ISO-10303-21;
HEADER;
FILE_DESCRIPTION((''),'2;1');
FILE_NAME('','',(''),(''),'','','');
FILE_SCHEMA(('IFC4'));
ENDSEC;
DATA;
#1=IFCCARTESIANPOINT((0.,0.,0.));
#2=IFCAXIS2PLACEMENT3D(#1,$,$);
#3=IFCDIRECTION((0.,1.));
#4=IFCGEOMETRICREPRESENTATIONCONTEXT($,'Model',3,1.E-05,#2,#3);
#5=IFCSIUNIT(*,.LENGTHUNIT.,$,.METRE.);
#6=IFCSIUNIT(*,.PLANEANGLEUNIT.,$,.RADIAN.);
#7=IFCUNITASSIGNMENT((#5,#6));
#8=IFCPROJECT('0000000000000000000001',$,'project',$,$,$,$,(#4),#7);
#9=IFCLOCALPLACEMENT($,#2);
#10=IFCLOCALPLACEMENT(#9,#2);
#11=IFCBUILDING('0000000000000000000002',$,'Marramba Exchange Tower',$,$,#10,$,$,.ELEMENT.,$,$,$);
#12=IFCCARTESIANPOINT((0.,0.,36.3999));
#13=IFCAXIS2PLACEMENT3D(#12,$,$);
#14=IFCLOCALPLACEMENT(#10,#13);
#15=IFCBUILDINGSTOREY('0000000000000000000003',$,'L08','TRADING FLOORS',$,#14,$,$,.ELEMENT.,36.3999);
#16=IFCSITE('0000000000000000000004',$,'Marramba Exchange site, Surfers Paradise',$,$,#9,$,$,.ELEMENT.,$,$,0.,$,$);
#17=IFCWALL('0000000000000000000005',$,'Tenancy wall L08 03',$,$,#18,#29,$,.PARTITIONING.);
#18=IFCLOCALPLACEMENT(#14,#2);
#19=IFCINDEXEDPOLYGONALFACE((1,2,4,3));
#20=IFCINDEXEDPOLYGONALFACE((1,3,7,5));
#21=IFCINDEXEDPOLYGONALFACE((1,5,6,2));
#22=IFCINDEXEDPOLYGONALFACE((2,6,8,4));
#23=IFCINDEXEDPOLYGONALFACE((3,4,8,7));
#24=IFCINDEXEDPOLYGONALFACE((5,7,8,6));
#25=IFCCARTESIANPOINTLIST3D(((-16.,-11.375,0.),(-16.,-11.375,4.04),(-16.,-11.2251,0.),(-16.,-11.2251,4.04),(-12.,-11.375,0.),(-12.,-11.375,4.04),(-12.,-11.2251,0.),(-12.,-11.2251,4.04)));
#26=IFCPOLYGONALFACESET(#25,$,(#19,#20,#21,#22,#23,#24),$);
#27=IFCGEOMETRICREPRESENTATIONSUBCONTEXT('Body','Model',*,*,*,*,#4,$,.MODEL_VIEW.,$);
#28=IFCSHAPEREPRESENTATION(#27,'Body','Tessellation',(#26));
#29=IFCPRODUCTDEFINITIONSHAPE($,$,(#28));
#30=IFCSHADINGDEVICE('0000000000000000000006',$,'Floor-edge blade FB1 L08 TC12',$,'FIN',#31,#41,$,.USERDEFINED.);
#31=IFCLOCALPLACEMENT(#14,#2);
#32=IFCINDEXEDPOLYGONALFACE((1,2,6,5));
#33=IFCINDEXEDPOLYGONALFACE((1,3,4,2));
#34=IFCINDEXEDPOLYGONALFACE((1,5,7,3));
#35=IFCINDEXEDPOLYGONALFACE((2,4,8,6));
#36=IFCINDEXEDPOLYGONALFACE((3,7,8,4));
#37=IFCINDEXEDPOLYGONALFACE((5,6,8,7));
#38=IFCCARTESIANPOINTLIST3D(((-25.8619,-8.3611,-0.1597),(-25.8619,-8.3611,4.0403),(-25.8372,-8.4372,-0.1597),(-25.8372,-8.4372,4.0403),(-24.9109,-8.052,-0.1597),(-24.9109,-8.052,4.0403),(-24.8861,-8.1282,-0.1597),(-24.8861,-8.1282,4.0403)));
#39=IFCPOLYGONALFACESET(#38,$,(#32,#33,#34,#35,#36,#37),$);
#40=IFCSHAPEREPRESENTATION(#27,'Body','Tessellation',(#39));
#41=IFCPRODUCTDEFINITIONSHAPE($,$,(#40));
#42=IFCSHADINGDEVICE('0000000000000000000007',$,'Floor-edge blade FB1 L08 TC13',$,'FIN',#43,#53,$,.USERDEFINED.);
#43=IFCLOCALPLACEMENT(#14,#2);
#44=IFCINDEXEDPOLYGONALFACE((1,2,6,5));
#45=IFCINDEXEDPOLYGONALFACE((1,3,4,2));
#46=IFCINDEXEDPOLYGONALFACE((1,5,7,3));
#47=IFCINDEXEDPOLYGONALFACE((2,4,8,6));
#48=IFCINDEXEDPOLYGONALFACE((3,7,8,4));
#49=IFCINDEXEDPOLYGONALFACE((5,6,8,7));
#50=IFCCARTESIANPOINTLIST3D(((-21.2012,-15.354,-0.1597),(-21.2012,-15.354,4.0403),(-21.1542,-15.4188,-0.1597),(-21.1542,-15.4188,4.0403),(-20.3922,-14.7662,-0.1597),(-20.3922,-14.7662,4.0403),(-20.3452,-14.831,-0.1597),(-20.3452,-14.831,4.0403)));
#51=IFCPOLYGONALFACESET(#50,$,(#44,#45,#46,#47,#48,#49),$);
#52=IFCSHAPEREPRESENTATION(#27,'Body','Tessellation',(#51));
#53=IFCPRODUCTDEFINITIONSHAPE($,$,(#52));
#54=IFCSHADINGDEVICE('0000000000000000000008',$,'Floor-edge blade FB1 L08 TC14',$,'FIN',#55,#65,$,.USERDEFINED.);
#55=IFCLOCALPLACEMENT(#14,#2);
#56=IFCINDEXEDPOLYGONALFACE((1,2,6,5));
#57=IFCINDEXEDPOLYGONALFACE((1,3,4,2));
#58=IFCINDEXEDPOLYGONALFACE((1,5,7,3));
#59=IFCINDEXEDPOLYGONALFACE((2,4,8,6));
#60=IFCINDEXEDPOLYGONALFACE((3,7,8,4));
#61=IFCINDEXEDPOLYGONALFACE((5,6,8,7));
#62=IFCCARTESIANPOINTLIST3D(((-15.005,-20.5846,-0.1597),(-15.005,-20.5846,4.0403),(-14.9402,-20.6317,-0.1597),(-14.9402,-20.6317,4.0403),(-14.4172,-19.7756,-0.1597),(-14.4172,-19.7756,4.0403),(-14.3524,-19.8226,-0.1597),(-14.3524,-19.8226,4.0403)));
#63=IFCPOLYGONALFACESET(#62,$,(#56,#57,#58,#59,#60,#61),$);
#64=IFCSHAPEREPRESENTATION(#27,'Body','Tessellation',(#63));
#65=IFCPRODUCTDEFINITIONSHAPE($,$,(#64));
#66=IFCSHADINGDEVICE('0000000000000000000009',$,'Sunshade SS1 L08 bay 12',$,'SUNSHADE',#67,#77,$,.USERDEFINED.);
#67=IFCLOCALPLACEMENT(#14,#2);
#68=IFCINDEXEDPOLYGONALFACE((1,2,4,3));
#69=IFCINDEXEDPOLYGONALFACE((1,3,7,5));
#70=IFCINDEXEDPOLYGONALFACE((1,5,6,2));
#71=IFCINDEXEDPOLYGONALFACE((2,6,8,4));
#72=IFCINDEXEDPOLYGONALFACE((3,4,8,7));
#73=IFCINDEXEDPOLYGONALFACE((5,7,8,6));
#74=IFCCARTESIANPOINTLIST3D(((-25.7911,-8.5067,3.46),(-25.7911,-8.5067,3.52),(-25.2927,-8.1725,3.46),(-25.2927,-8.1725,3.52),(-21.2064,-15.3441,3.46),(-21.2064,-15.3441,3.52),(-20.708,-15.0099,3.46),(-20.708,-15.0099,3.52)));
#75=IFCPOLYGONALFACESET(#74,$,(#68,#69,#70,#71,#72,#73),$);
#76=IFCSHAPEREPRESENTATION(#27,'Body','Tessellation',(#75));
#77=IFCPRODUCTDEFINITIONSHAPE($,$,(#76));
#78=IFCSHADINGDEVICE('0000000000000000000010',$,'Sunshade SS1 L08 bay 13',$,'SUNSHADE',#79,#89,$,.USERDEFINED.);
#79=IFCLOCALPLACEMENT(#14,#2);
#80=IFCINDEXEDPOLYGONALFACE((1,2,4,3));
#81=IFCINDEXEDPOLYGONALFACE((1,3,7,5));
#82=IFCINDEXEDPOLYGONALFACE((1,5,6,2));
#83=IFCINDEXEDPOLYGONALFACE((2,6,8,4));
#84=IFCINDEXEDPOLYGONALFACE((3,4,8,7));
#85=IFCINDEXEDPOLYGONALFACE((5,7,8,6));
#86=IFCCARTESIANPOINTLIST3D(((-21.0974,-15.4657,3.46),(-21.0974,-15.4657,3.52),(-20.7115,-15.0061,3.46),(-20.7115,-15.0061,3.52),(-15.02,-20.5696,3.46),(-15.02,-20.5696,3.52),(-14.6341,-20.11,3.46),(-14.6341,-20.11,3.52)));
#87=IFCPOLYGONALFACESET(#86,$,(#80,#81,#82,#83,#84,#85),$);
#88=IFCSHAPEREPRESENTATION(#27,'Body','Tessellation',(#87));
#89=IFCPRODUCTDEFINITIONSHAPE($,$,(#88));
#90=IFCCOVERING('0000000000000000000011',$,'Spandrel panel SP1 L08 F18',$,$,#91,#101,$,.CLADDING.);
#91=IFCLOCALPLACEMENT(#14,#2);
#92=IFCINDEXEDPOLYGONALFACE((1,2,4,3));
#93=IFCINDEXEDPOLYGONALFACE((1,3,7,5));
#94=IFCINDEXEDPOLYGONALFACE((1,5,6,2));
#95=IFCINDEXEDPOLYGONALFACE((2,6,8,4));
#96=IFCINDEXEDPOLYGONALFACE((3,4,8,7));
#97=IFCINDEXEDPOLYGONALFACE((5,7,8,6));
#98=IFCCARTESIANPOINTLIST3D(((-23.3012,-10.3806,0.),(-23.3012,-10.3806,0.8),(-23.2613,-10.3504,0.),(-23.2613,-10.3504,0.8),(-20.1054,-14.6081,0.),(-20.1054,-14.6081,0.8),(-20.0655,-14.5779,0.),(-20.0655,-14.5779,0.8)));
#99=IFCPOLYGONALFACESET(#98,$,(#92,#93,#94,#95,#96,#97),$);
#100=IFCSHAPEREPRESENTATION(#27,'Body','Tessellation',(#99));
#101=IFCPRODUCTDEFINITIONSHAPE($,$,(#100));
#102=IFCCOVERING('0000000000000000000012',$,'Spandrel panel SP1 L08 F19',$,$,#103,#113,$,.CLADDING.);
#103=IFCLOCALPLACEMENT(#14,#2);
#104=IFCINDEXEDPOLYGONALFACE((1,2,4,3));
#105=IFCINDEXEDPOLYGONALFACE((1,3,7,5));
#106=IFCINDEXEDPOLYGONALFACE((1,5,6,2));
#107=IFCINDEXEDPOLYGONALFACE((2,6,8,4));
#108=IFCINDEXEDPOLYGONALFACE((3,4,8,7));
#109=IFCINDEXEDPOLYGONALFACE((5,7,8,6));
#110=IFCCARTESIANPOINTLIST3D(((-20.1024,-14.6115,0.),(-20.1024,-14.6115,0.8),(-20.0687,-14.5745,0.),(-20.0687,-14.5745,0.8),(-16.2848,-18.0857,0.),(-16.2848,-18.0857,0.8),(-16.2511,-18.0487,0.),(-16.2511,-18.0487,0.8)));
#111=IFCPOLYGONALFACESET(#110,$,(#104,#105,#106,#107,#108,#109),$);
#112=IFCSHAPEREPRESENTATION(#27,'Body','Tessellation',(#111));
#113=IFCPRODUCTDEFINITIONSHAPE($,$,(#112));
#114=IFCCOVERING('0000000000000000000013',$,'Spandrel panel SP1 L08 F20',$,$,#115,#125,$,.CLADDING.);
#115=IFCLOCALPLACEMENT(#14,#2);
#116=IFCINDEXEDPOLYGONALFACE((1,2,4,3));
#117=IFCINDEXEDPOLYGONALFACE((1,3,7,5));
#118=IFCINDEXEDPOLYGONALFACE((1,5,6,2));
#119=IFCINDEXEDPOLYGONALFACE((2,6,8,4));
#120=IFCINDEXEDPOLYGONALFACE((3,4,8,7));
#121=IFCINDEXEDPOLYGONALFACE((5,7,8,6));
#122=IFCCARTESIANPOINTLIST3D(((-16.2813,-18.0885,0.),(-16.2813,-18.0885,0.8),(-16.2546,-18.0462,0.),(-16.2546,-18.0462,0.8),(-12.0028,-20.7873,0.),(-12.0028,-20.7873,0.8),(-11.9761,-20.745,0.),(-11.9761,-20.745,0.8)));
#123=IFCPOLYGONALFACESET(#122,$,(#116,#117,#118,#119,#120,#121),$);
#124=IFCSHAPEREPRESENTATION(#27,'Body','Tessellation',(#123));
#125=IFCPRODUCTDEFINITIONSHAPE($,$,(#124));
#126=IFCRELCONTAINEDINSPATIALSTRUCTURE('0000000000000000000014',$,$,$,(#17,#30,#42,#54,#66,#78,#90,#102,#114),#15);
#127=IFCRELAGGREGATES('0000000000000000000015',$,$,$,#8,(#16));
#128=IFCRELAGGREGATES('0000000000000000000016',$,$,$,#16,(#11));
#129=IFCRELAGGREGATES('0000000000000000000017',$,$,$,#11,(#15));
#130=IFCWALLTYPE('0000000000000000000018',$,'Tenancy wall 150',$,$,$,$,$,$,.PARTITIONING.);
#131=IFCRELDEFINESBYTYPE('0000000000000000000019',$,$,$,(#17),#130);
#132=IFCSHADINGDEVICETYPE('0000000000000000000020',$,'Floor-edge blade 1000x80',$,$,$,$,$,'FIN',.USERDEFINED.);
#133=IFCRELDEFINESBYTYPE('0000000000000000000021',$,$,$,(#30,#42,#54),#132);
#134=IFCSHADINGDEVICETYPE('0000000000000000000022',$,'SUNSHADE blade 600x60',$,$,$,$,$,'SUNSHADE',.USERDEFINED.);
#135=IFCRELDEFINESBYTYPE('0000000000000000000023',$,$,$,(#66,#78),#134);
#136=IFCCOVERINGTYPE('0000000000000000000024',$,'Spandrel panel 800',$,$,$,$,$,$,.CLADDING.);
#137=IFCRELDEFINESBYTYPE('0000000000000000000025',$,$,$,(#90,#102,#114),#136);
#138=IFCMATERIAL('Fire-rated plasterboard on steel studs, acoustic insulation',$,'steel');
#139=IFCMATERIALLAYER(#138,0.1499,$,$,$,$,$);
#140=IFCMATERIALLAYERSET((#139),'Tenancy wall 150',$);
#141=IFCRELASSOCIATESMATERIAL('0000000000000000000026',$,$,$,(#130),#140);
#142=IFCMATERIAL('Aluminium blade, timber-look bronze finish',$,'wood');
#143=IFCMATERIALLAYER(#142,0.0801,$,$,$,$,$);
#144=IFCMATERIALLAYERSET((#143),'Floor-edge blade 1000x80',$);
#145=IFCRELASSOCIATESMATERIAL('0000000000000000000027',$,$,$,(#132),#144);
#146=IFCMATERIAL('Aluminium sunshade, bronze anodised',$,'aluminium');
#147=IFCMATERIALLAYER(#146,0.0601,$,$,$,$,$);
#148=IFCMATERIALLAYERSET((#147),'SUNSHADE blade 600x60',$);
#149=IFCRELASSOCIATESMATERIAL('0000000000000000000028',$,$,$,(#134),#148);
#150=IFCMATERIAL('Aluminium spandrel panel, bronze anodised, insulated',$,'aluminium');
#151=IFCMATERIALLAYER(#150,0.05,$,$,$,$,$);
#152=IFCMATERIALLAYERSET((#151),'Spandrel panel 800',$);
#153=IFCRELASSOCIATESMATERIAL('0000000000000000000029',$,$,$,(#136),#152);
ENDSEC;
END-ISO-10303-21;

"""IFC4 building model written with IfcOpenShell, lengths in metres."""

from ifc_helpers import new_model, si_unit, direction, frame, frame_2d, origin, origin_2d, place, context, subcontext, project, spatial, rectangle, extrude, material, layer, layer_set, type_object, element, save


model = new_model("IFC4")

# Units and contexts
model_context = context("Model", 3, precision=1e-05, world=origin(), true_north=direction((0.0, 1.0)))
body_context = subcontext(model_context, "Body", "Model", "MODEL_VIEW")
ifc_project = project(units=[si_unit("LENGTHUNIT", "METRE"), si_unit("PLANEANGLEUNIT", "RADIAN")], contexts=[model_context])

# Site, building, storey
site_placement = place(None, origin())
site = spatial("IfcSite", under=ifc_project, at=site_placement, Name="Marramba Exchange site, Surfers Paradise", CompositionType="ELEMENT", RefElevation=0.0)
building_placement = place(site_placement, origin())
building = spatial("IfcBuilding", under=site, at=building_placement, Name="Marramba Exchange Tower", CompositionType="ELEMENT")
storey_placement = place(building_placement, frame((0.0, 0.0, 36.3999)))
storey = spatial("IfcBuildingStorey", under=building, at=storey_placement, Name="L08", Description="TRADING FLOORS", CompositionType="ELEMENT", Elevation=36.3999)

# Wall
ifc_material_1 = material(Name="Fire-rated plasterboard on steel studs, acoustic insulation", Category="steel")
ifc_layer_1 = layer(ifc_material_1, 0.1499)
ifc_layer_set_1 = layer_set([ifc_layer_1], Name="Tenancy wall 150")
wall_type_1 = type_object("IfcWallType", Name="Tenancy wall 150", PredefinedType="PARTITIONING", material=ifc_layer_set_1)
wall_1_placement = place(storey_placement, frame((-16.0, -11.3, 0.0), z_axis=(0.0, 0.0, 1.0), x_axis=(1.0, 0.0, 0.0)))
element("IfcWall", 1, at=wall_1_placement, inside=storey, type_object=wall_type_1, Name="Tenancy wall L08 03", PredefinedType="PARTITIONING", context=body_context, shape_type="SweptSolid", body=[
    extrude(rectangle(XDim=4.0, YDim=0.1499, at=frame_2d((2.0, 0.0))), origin(), (0.0, 0.0, 1.0), 4.04),
])

# Shading devices
ifc_material_2 = material(Name="Aluminium blade, timber-look bronze finish", Category="wood")
ifc_layer_2 = layer(ifc_material_2, 0.0801)
ifc_layer_set_2 = layer_set([ifc_layer_2], Name="Floor-edge blade 1000x80")
shading_device_type_1 = type_object("IfcShadingDeviceType", Name="Floor-edge blade 1000x80", ElementType="FIN", PredefinedType="USERDEFINED", material=ifc_layer_set_2)
for number, where, z_axis, x_axis, name in (
    (2, (-25.374, -8.2446, -0.1597), (0.0, 0.0, 1.0), (-0.951057, -0.309017, 0.0), "Floor-edge blade FB1 L08 TC12"),
    (3, (-20.7732, -15.0925, -0.1597), (0.0, 0.0, 1.0), (-0.809017, -0.587785, 0.0), "Floor-edge blade FB1 L08 TC13"),
    (4, (-14.6787, -20.2036, -0.1597), (0.0, 0.0, 1.0), (-0.587785, -0.809017, 0.0), "Floor-edge blade FB1 L08 TC14"),
):
    element("IfcShadingDevice", number, at=place(storey_placement, frame(where, z_axis=z_axis, x_axis=x_axis)), inside=storey, type_object=shading_device_type_1, Name=name, ObjectType="FIN", PredefinedType="USERDEFINED", context=body_context, shape_type="SweptSolid", body=[
        extrude(rectangle(XDim=1.0, YDim=0.0801, at=origin_2d()), origin(), (0.0, 0.0, 1.0), 4.2),
    ])
ifc_material_3 = material(Name="Aluminium sunshade, bronze anodised", Category="aluminium")
ifc_layer_3 = layer(ifc_material_3, 0.0601)
ifc_layer_set_3 = layer_set([ifc_layer_3], Name="SUNSHADE blade 600x60")
shading_device_type_2 = type_object("IfcShadingDeviceType", Name="SUNSHADE blade 600x60", ElementType="SUNSHADE", PredefinedType="USERDEFINED", material=ifc_layer_set_3)
shading_device_1_placement = place(storey_placement, frame((-23.2495, -11.7583, 3.46), z_axis=(0.0, 0.0, 1.0), x_axis=(0.556924, -0.830563, 0.0)))
element("IfcShadingDevice", 5, at=shading_device_1_placement, inside=storey, type_object=shading_device_type_2, Name="Sunshade SS1 L08 bay 12", ObjectType="SUNSHADE", PredefinedType="USERDEFINED", context=body_context, shape_type="SweptSolid", body=[
    extrude(rectangle(XDim=8.2322, YDim=0.6001, at=origin_2d()), origin(), (0.0, 0.0, 1.0), 0.0601),
])
shading_device_2_placement = place(storey_placement, frame((-17.8657, -17.7878, 3.46), z_axis=(0.0, 0.0, 1.0), x_axis=(0.765776, -0.643107, 0.0)))
element("IfcShadingDevice", 6, at=shading_device_2_placement, inside=storey, type_object=shading_device_type_2, Name="Sunshade SS1 L08 bay 13", ObjectType="SUNSHADE", PredefinedType="USERDEFINED", context=body_context, shape_type="SweptSolid", body=[
    extrude(rectangle(XDim=7.9363, YDim=0.6001, at=origin_2d()), origin(), (0.0, 0.0, 1.0), 0.0601),
])

# Coverings
ifc_material_4 = material(Name="Aluminium spandrel panel, bronze anodised, insulated", Category="aluminium")
ifc_layer_4 = layer(ifc_material_4, 0.05)
ifc_layer_set_4 = layer_set([ifc_layer_4], Name="Spandrel panel 800")
covering_type = type_object("IfcCoveringType", Name="Spandrel panel 800", PredefinedType="CLADDING", material=ifc_layer_set_4)
covering_1_placement = place(storey_placement, frame((-21.6833, -12.4792, 0.0), z_axis=(0.0, 0.0, 1.0), x_axis=(0.60304, -0.797711, 0.0)))
element("IfcCovering", 7, at=covering_1_placement, inside=storey, type_object=covering_type, Name="Spandrel panel SP1 L08 F18", PredefinedType="CLADDING", context=body_context, shape_type="SweptSolid", body=[
    extrude(rectangle(XDim=5.2996, YDim=0.05, at=origin_2d()), origin(), (0.0, 0.0, 1.0), 0.8),
])
covering_2_placement = place(storey_placement, frame((-18.1768, -16.3301, 0.0), z_axis=(0.0, 0.0, 1.0), x_axis=(0.73959, -0.673058, 0.0)))
element("IfcCovering", 8, at=covering_2_placement, inside=storey, type_object=covering_type, Name="Spandrel panel SP1 L08 F19", PredefinedType="CLADDING", context=body_context, shape_type="SweptSolid", body=[
    extrude(rectangle(XDim=5.1619, YDim=0.05, at=origin_2d()), origin(), (0.0, 0.0, 1.0), 0.8),
])
covering_3_placement = place(storey_placement, frame((-14.1287, -19.4167, 0.0), z_axis=(0.0, 0.0, 1.0), x_axis=(0.845791, -0.533515, 0.0)))
element("IfcCovering", 9, at=covering_3_placement, inside=storey, type_object=covering_type, Name="Spandrel panel SP1 L08 F20", PredefinedType="CLADDING", context=body_context, shape_type="SweptSolid", body=[
    extrude(rectangle(XDim=5.0586, YDim=0.05, at=origin_2d()), origin(), (0.0, 0.0, 1.0), 0.8),
])

save(model, "model.ifc")
